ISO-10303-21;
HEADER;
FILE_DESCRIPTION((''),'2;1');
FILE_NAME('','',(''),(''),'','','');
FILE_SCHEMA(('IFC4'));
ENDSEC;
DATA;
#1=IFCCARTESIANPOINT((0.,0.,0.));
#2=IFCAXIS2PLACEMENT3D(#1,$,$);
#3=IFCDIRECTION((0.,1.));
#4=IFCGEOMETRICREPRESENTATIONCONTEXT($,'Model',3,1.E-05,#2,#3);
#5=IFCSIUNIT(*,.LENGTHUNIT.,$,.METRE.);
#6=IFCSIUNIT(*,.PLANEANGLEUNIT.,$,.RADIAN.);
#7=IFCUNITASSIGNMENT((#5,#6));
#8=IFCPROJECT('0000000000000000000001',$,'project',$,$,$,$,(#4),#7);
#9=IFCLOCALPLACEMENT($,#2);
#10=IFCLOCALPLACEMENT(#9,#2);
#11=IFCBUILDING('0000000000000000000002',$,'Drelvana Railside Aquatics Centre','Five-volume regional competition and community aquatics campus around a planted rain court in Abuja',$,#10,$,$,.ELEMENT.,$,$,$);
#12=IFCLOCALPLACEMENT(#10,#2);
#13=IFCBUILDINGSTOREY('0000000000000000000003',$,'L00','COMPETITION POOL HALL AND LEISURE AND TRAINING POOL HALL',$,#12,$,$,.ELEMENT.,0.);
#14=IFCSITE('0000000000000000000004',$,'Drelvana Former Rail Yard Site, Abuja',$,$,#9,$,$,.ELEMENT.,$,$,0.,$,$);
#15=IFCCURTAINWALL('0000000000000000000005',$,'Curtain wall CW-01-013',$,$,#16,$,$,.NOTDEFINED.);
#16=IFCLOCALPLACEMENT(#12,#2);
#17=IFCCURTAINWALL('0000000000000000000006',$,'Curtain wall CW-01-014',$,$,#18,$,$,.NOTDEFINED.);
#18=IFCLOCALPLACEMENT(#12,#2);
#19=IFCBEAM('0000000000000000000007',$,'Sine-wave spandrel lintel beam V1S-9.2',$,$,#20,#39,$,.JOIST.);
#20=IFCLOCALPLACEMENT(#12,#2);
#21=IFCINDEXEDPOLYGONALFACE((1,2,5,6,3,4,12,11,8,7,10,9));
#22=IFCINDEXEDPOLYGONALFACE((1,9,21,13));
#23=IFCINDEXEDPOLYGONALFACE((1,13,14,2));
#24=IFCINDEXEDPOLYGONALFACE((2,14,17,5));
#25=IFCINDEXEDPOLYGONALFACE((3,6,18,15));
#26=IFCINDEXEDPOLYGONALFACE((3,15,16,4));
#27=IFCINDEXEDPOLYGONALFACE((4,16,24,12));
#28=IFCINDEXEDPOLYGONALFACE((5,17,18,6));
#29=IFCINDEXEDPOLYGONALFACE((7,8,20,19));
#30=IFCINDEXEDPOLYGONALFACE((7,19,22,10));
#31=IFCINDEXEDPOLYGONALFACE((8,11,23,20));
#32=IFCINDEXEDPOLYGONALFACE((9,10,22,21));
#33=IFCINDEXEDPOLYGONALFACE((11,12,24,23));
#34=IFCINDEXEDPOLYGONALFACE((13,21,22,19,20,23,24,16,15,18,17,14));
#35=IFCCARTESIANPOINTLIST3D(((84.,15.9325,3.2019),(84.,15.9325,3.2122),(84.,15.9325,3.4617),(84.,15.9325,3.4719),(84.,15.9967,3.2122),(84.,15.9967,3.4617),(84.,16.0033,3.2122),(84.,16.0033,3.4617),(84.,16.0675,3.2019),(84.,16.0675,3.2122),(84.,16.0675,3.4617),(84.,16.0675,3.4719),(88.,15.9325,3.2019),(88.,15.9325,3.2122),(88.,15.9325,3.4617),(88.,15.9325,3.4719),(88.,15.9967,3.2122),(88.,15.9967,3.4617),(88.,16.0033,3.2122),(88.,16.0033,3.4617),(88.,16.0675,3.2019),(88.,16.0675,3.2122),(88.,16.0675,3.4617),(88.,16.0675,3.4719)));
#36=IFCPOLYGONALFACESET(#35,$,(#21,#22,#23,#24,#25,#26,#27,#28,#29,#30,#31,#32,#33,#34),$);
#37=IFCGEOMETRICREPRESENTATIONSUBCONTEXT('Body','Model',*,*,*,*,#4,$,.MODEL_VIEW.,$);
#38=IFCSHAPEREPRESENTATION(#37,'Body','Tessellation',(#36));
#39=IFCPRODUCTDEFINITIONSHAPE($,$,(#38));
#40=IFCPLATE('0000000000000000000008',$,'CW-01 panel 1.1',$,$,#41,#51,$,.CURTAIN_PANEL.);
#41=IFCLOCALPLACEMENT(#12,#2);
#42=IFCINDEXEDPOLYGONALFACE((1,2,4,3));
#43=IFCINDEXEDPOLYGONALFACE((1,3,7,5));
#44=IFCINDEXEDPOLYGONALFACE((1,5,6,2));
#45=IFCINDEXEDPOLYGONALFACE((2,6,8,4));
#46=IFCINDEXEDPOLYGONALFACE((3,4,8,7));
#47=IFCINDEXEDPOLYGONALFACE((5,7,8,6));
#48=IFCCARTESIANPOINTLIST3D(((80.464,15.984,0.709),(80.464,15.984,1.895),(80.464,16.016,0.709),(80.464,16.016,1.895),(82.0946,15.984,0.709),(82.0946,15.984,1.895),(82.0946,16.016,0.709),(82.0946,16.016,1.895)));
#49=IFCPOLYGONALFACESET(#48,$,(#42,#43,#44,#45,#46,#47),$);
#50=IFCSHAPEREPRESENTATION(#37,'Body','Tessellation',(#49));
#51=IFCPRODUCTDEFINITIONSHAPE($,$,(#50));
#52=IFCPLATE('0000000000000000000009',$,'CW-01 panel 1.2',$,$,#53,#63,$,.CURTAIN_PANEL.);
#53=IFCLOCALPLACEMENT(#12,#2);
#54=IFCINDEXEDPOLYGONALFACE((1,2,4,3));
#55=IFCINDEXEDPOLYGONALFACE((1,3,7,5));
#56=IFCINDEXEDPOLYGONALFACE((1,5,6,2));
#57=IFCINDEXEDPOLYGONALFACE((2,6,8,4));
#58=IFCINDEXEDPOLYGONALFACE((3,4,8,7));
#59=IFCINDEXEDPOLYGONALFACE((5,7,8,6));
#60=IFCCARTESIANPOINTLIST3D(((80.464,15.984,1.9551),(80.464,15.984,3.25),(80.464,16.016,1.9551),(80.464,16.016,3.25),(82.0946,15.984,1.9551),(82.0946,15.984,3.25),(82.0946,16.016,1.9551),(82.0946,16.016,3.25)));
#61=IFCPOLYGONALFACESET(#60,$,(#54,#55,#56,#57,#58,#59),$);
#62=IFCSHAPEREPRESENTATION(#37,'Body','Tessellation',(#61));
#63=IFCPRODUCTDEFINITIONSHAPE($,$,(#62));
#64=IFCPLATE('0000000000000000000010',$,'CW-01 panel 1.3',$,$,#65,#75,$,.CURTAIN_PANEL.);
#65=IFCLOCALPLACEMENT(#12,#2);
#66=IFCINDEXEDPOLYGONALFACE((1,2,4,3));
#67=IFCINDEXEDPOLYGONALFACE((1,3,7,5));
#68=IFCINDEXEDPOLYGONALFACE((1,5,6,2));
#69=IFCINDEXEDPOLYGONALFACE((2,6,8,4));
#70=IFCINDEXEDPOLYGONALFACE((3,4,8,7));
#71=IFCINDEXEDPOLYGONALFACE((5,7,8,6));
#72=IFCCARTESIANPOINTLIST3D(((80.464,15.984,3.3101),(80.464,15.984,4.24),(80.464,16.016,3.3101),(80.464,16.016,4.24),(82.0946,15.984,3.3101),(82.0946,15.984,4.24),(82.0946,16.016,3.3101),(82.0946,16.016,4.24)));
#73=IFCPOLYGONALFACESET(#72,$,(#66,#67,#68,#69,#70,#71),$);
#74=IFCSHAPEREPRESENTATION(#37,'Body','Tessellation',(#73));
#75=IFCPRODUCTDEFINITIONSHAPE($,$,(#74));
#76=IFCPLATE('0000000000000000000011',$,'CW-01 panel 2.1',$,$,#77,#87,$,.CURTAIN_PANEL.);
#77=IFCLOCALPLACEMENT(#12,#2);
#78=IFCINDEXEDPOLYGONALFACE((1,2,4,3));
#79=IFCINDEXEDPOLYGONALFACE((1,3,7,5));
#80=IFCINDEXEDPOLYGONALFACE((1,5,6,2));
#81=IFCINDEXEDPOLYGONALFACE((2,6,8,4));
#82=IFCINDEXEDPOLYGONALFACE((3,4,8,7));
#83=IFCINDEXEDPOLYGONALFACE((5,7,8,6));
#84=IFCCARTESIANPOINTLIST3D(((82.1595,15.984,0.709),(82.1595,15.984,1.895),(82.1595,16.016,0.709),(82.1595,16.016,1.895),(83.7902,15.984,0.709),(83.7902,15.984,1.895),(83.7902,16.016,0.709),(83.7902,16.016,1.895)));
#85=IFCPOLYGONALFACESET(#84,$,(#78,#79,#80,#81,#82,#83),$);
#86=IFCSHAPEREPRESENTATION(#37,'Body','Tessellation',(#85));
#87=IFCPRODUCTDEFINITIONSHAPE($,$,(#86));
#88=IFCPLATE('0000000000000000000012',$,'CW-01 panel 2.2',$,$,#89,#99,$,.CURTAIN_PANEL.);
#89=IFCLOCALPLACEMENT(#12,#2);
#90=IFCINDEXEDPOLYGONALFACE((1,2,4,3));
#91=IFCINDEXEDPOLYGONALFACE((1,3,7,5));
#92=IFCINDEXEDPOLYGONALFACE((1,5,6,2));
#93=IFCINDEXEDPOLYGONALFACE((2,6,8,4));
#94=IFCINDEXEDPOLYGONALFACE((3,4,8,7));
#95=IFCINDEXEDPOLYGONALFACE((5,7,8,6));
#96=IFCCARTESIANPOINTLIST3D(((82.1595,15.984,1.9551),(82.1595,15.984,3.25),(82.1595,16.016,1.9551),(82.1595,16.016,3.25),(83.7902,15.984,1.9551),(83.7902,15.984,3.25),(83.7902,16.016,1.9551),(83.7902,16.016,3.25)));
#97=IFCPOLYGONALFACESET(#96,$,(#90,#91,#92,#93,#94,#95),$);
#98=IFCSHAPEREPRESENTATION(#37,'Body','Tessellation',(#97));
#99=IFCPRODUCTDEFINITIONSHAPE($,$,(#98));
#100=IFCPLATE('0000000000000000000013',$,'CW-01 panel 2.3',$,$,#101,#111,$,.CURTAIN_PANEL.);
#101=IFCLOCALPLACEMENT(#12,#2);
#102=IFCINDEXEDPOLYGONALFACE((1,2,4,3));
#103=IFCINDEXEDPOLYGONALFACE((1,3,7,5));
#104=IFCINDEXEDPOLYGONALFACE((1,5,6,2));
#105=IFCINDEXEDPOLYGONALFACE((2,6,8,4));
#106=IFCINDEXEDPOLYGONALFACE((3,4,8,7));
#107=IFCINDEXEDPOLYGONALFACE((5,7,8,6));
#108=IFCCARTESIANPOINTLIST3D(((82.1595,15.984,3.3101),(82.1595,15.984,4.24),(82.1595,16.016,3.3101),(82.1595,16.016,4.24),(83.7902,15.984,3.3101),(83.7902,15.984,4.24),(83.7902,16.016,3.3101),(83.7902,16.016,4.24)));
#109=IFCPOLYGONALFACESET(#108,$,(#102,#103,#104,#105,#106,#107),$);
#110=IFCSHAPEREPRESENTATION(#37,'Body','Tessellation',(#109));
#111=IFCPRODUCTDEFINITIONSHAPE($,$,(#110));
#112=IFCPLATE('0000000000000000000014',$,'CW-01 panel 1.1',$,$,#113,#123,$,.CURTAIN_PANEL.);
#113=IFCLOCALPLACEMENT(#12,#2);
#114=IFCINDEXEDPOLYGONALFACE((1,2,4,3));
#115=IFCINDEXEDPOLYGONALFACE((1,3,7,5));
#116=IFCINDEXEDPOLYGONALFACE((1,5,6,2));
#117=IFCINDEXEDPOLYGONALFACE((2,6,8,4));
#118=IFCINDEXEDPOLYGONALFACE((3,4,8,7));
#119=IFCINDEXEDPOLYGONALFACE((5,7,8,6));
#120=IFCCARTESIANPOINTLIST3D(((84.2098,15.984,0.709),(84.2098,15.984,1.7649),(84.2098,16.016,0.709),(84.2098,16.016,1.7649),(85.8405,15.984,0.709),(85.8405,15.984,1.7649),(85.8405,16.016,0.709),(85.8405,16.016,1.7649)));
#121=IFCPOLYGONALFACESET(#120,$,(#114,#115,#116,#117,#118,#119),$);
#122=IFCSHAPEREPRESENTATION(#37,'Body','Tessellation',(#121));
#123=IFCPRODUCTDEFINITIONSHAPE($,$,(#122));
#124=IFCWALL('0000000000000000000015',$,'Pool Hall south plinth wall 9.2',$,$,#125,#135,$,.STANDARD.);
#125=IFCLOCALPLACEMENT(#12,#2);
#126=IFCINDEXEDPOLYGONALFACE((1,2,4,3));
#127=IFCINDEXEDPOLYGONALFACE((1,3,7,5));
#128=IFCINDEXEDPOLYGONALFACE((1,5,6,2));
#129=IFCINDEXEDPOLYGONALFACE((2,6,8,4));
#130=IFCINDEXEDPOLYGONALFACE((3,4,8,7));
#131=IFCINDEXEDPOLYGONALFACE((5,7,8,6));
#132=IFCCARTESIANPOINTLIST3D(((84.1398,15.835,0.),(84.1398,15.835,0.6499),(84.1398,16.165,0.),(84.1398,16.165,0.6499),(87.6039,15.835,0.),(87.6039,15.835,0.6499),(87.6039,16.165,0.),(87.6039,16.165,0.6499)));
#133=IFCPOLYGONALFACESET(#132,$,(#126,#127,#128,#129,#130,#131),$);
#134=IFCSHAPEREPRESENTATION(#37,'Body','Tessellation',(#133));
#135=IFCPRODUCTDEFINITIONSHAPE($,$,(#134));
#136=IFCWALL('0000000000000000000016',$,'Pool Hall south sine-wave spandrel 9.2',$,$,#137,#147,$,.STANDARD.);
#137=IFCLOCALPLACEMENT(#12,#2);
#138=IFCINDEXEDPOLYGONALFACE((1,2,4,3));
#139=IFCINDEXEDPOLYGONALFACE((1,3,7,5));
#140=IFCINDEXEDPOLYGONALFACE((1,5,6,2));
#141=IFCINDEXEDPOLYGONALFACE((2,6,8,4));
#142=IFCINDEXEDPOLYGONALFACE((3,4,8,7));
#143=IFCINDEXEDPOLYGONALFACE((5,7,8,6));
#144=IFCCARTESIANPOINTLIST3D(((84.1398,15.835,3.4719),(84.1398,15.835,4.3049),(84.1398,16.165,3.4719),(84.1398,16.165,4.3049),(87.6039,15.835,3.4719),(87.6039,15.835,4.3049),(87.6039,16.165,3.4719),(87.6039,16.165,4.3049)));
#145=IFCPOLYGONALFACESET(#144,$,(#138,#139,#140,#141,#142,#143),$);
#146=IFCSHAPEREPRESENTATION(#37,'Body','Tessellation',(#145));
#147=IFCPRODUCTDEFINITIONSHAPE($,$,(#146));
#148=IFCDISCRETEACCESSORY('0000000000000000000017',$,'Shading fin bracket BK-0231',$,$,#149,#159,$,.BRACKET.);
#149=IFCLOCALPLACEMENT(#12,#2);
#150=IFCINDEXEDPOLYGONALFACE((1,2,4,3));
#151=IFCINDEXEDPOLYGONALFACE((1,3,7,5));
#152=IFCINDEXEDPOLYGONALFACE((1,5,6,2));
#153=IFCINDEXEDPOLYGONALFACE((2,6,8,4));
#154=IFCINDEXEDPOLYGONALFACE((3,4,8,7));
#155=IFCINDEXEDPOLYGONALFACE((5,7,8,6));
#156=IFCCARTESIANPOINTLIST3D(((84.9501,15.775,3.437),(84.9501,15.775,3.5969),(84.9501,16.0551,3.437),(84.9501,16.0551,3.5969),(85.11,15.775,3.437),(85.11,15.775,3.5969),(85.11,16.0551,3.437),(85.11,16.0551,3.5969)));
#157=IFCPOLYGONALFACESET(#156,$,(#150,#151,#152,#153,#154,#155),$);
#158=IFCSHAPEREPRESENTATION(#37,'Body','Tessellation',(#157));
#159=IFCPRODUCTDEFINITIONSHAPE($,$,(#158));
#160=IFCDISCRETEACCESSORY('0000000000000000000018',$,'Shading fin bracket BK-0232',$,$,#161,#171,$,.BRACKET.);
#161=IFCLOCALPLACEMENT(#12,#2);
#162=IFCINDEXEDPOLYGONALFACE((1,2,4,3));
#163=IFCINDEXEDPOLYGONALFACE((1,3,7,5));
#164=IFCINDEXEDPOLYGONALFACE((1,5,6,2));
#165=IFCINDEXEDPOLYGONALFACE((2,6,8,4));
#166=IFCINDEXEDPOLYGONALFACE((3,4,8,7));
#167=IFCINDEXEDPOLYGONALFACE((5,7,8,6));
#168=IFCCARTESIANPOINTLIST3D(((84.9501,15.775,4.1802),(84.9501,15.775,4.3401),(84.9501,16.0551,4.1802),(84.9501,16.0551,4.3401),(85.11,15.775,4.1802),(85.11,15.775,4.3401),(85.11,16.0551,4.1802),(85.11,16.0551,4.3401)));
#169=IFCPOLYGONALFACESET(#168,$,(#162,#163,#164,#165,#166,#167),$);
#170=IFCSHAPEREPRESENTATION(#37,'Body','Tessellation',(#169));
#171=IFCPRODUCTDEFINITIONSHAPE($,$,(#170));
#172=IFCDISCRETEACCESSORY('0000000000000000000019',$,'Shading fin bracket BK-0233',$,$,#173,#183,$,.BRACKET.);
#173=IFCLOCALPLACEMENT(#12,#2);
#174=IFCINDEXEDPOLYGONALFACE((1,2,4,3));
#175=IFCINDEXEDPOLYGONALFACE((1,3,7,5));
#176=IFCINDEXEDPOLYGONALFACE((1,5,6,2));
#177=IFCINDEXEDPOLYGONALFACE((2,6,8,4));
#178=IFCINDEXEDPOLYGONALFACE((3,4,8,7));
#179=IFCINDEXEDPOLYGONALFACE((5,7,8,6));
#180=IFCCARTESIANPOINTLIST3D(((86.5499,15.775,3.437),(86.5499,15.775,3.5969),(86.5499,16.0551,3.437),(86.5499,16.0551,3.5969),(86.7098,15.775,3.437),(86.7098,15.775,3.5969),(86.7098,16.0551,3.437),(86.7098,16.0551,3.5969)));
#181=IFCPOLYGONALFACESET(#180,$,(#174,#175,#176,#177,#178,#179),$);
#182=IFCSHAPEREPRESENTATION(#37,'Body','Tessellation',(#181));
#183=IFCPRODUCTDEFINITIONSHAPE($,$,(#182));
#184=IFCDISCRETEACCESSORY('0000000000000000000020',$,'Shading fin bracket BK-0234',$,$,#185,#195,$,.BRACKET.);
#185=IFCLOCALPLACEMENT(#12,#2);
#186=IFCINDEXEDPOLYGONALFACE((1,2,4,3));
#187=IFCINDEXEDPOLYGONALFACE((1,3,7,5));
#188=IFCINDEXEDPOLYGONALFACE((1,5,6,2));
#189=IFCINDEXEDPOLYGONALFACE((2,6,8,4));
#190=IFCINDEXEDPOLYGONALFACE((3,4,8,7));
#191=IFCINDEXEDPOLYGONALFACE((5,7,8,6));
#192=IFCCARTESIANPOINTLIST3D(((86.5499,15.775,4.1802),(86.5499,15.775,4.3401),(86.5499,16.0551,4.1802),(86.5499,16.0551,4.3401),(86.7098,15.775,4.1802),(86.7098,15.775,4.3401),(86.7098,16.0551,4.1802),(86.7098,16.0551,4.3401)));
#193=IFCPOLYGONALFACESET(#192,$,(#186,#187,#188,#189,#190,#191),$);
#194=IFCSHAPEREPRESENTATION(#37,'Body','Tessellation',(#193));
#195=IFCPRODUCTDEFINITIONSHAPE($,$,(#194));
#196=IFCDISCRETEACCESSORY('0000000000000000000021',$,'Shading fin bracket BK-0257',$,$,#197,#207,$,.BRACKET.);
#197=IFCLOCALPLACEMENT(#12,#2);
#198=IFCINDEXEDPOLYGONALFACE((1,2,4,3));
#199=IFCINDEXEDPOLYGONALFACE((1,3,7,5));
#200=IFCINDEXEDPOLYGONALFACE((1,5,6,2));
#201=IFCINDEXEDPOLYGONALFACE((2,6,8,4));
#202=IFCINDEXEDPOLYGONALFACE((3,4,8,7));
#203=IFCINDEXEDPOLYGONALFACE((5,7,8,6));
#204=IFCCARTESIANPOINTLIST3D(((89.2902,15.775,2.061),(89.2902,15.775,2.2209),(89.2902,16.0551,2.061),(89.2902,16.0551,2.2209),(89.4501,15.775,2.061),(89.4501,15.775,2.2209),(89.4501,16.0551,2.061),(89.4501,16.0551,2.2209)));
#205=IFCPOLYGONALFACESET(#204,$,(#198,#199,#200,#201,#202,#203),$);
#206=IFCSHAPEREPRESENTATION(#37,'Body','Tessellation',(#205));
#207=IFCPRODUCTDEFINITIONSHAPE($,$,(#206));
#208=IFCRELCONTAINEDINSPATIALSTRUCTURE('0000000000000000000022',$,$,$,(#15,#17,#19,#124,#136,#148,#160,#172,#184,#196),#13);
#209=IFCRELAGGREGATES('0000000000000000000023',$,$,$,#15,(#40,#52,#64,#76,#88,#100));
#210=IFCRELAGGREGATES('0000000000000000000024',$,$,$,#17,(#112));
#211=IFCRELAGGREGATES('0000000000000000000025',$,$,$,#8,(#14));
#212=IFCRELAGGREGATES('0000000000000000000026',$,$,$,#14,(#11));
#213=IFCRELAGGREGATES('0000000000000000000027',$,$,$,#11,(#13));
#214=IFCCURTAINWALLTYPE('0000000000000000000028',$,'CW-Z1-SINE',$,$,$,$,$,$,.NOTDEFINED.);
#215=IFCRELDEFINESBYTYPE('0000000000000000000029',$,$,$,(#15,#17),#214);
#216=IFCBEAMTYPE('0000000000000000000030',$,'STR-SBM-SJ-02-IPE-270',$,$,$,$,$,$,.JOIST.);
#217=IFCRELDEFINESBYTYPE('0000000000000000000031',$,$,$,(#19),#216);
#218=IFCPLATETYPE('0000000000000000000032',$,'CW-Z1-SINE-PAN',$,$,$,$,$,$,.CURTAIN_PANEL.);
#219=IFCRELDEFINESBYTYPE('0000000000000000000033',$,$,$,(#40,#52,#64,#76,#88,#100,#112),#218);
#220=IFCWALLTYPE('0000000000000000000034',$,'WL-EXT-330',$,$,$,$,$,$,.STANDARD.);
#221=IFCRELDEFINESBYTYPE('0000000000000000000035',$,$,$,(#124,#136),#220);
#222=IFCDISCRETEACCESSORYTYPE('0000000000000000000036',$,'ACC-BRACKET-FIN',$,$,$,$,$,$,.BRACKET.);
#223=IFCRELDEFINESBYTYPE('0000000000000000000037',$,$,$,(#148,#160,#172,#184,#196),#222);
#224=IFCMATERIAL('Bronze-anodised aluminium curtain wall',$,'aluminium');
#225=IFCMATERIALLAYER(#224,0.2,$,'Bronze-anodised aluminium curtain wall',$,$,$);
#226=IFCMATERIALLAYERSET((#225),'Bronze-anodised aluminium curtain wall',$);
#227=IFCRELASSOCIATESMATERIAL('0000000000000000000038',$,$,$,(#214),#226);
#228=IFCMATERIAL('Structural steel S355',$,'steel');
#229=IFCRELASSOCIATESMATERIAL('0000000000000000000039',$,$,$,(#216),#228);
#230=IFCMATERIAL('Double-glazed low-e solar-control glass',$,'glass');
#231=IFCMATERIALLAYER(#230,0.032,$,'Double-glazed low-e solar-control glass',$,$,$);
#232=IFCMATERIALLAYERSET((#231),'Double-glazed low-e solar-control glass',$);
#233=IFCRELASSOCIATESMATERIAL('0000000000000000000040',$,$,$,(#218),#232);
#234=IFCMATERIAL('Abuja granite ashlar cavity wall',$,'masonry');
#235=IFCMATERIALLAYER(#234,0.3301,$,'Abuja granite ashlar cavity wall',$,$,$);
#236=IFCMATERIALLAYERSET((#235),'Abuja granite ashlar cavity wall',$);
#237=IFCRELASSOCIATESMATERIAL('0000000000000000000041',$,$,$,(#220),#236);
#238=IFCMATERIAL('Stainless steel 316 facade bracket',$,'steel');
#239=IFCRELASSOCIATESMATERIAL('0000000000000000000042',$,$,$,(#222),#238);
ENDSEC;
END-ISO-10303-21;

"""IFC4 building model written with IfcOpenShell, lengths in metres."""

from ifc_helpers import new_model, si_unit, direction, frame, frame_2d, origin, origin_2d, place, context, subcontext, project, spatial, rectangle, i_section, extrude, material, layer, layer_set, material_profile, profile_set, type_object, element, aggregate, save


model = new_model("IFC4")

# Units and contexts
model_context = context("Model", 3, precision=1e-05, world=origin(), true_north=direction((0.0, 1.0)))
body_context = subcontext(model_context, "Body", "Model", "MODEL_VIEW")
ifc_project = project(units=[si_unit("LENGTHUNIT", "METRE"), si_unit("PLANEANGLEUNIT", "RADIAN")], contexts=[model_context])

# Site, building, storey
site_placement = place(None, origin())
site = spatial("IfcSite", under=ifc_project, at=site_placement, Name="Drelvana Former Rail Yard Site, Abuja", CompositionType="ELEMENT", RefElevation=0.0)
building_placement = place(site_placement, origin())
building = spatial("IfcBuilding", under=site, at=building_placement, Name="Drelvana Railside Aquatics Centre", Description="Five-volume regional competition and community aquatics campus around a planted rain court in Abuja", CompositionType="ELEMENT")
storey_placement = place(building_placement, origin())
storey = spatial("IfcBuildingStorey", under=building, at=storey_placement, Name="L00", Description="COMPETITION POOL HALL AND LEISURE AND TRAINING POOL HALL", CompositionType="ELEMENT", Elevation=0.0)

# Shared definitions
ifc_material_1 = material(Name="Structural steel S355", Category="steel")

# Curtain wall
ifc_material_2 = material(Name="Bronze-anodised aluminium curtain wall", Category="aluminium")
ifc_layer_1 = layer(ifc_material_2, 0.2, Name="Bronze-anodised aluminium curtain wall")
ifc_layer_set_1 = layer_set([ifc_layer_1], Name="Bronze-anodised aluminium curtain wall")
curtain_wall_type = type_object("IfcCurtainWallType", Name="CW-Z1-SINE", PredefinedType="NOTDEFINED", material=ifc_layer_set_1)
curtain_wall_1_placement = place(storey_placement, origin())
curtain_wall_1 = element("IfcCurtainWall", 1, at=curtain_wall_1_placement, inside=storey, type_object=curtain_wall_type, Name="Curtain wall CW-01-013", PredefinedType="NOTDEFINED")

# Curtain wall
curtain_wall_2_placement = place(storey_placement, origin())
curtain_wall_2 = element("IfcCurtainWall", 2, at=curtain_wall_2_placement, inside=storey, type_object=curtain_wall_type, Name="Curtain wall CW-01-014", PredefinedType="NOTDEFINED")

# Beam
ifc_material_profile_1 = material_profile(ifc_material_1, i_section(OverallWidth=0.135, OverallDepth=0.27, WebThickness=0.0066, FlangeThickness=0.0103, at=origin_2d()), Name="IPE 270")
ifc_profile_set_1 = profile_set([ifc_material_profile_1], Name="Structural steel S355")
beam_type = type_object("IfcBeamType", Name="STR-SBM-SJ-02-IPE-270", PredefinedType="JOIST", material=ifc_profile_set_1)
beam_placement = place(storey_placement, frame((84.0, 16.0, 3.3369), z_axis=(1.0, 0.0, 0.0), x_axis=(0.0, 1.0, 0.0)))
element("IfcBeam", 3, at=beam_placement, inside=storey, type_object=beam_type, Name="Sine-wave spandrel lintel beam V1S-9.2", PredefinedType="JOIST", context=body_context, shape_type="SweptSolid", body=[
    extrude(i_section(OverallWidth=0.135, OverallDepth=0.27, WebThickness=0.0066, FlangeThickness=0.0103, at=origin_2d()), origin(), (0.0, 0.0, 1.0), 4.0),
])

# Plates
ifc_material_3 = material(Name="Double-glazed low-e solar-control glass", Category="glass")
ifc_layer_2 = layer(ifc_material_3, 0.032, Name="Double-glazed low-e solar-control glass")
ifc_layer_set_2 = layer_set([ifc_layer_2], Name="Double-glazed low-e solar-control glass")
plate_type = type_object("IfcPlateType", Name="CW-Z1-SINE-PAN", PredefinedType="CURTAIN_PANEL", material=ifc_layer_set_2)
plate_1_placement = place(storey_placement, frame((81.2793, 16.0, 0.709), z_axis=(0.0, 0.0, 1.0), x_axis=(1.0, 0.0, 0.0)))
plate_1 = element("IfcPlate", 4, at=plate_1_placement, type_object=plate_type, Name="CW-01 panel 1.1", PredefinedType="CURTAIN_PANEL", context=body_context, shape_type="SweptSolid", body=[
    extrude(rectangle(XDim=1.6306, YDim=0.032, at=origin_2d()), origin(), (0.0, 0.0, 1.0), 1.186),
])
plate_2_placement = place(storey_placement, frame((81.2793, 16.0, 1.9551), z_axis=(0.0, 0.0, 1.0), x_axis=(1.0, 0.0, 0.0)))
plate_2 = element("IfcPlate", 5, at=plate_2_placement, type_object=plate_type, Name="CW-01 panel 1.2", PredefinedType="CURTAIN_PANEL", context=body_context, shape_type="SweptSolid", body=[
    extrude(rectangle(XDim=1.6306, YDim=0.032, at=origin_2d()), origin(), (0.0, 0.0, 1.0), 1.2949),
])
plate_3_placement = place(storey_placement, frame((81.2793, 16.0, 3.3101), z_axis=(0.0, 0.0, 1.0), x_axis=(1.0, 0.0, 0.0)))
plate_3 = element("IfcPlate", 6, at=plate_3_placement, type_object=plate_type, Name="CW-01 panel 1.3", PredefinedType="CURTAIN_PANEL", context=body_context, shape_type="SweptSolid", body=[
    extrude(rectangle(XDim=1.6306, YDim=0.032, at=origin_2d()), origin(), (0.0, 0.0, 1.0), 0.9299),
])
plate_4_placement = place(storey_placement, frame((82.9749, 16.0, 0.709), z_axis=(0.0, 0.0, 1.0), x_axis=(1.0, 0.0, 0.0)))
plate_4 = element("IfcPlate", 7, at=plate_4_placement, type_object=plate_type, Name="CW-01 panel 2.1", PredefinedType="CURTAIN_PANEL", context=body_context, shape_type="SweptSolid", body=[
    extrude(rectangle(XDim=1.6306, YDim=0.032, at=origin_2d()), origin(), (0.0, 0.0, 1.0), 1.186),
])
plate_5_placement = place(storey_placement, frame((82.9749, 16.0, 1.9551), z_axis=(0.0, 0.0, 1.0), x_axis=(1.0, 0.0, 0.0)))
plate_5 = element("IfcPlate", 8, at=plate_5_placement, type_object=plate_type, Name="CW-01 panel 2.2", PredefinedType="CURTAIN_PANEL", context=body_context, shape_type="SweptSolid", body=[
    extrude(rectangle(XDim=1.6306, YDim=0.032, at=origin_2d()), origin(), (0.0, 0.0, 1.0), 1.2949),
])
plate_6_placement = place(storey_placement, frame((82.9749, 16.0, 3.3101), z_axis=(0.0, 0.0, 1.0), x_axis=(1.0, 0.0, 0.0)))
plate_6 = element("IfcPlate", 9, at=plate_6_placement, type_object=plate_type, Name="CW-01 panel 2.3", PredefinedType="CURTAIN_PANEL", context=body_context, shape_type="SweptSolid", body=[
    extrude(rectangle(XDim=1.6306, YDim=0.032, at=origin_2d()), origin(), (0.0, 0.0, 1.0), 0.9299),
])
aggregate(curtain_wall_1, [plate_1, plate_2, plate_3, plate_4, plate_5, plate_6])
plate_7_placement = place(storey_placement, frame((85.0251, 16.0, 0.709), z_axis=(0.0, 0.0, 1.0), x_axis=(1.0, 0.0, 0.0)))
plate_7 = element("IfcPlate", 10, at=plate_7_placement, type_object=plate_type, Name="CW-01 panel 1.1", PredefinedType="CURTAIN_PANEL", context=body_context, shape_type="SweptSolid", body=[
    extrude(rectangle(XDim=1.6306, YDim=0.032, at=origin_2d()), origin(), (0.0, 0.0, 1.0), 1.0559),
])
aggregate(curtain_wall_2, [plate_7])

# Walls
ifc_material_4 = material(Name="Abuja granite ashlar cavity wall", Category="masonry")
ifc_layer_3 = layer(ifc_material_4, 0.3301, Name="Abuja granite ashlar cavity wall")
ifc_layer_set_3 = layer_set([ifc_layer_3], Name="Abuja granite ashlar cavity wall")
wall_type = type_object("IfcWallType", Name="WL-EXT-330", PredefinedType="STANDARD", material=ifc_layer_set_3)
wall_1_placement = place(storey_placement, frame((84.1399, 16.0, 0.0), z_axis=(0.0, 0.0, 1.0), x_axis=(1.0, 0.0, 0.0)))
element("IfcWall", 11, at=wall_1_placement, inside=storey, type_object=wall_type, Name="Pool Hall south plinth wall 9.2", PredefinedType="STANDARD", context=body_context, shape_type="SweptSolid", body=[
    extrude(rectangle(XDim=3.4641, YDim=0.3301, at=frame_2d((1.7319, 0.0))), origin(), (0.0, 0.0, 1.0), 0.6499),
])
wall_2_placement = place(storey_placement, frame((84.1399, 16.0, 3.4719), z_axis=(0.0, 0.0, 1.0), x_axis=(1.0, 0.0, 0.0)))
element("IfcWall", 12, at=wall_2_placement, inside=storey, type_object=wall_type, Name="Pool Hall south sine-wave spandrel 9.2", PredefinedType="STANDARD", context=body_context, shape_type="SweptSolid", body=[
    extrude(rectangle(XDim=3.4641, YDim=0.3301, at=frame_2d((1.7319, 0.0))), origin(), (0.0, 0.0, 1.0), 0.833),
])

# Discrete accessories
ifc_material_5 = material(Name="Stainless steel 316 facade bracket", Category="steel")
discrete_accessory_type = type_object("IfcDiscreteAccessoryType", Name="ACC-BRACKET-FIN", PredefinedType="BRACKET", material=ifc_material_5)
for number, where, z_axis, x_axis, name in (
    (13, (85.03, 15.915, 3.437), (0.0, 0.0, 1.0), (0.0, -1.0, 0.0), "Shading fin bracket BK-0231"),
    (14, (85.03, 15.915, 4.1802), (0.0, 0.0, 1.0), (0.0, -1.0, 0.0), "Shading fin bracket BK-0232"),
    (15, (86.6299, 15.915, 3.437), (0.0, 0.0, 1.0), (0.0, -1.0, 0.0), "Shading fin bracket BK-0233"),
    (16, (86.6299, 15.915, 4.1802), (0.0, 0.0, 1.0), (0.0, -1.0, 0.0), "Shading fin bracket BK-0234"),
    (17, (89.3701, 15.915, 2.061), (0.0, 0.0, 1.0), (0.0, -1.0, 0.0), "Shading fin bracket BK-0257"),
):
    element("IfcDiscreteAccessory", number, at=place(storey_placement, frame(where, z_axis=z_axis, x_axis=x_axis)), inside=storey, type_object=discrete_accessory_type, Name=name, PredefinedType="BRACKET", context=body_context, shape_type="SweptSolid", body=[
        extrude(rectangle(XDim=0.28, YDim=0.1599, at=origin_2d()), origin(), (0.0, 0.0, 1.0), 0.1599),
    ])

save(model, "model.ifc")
